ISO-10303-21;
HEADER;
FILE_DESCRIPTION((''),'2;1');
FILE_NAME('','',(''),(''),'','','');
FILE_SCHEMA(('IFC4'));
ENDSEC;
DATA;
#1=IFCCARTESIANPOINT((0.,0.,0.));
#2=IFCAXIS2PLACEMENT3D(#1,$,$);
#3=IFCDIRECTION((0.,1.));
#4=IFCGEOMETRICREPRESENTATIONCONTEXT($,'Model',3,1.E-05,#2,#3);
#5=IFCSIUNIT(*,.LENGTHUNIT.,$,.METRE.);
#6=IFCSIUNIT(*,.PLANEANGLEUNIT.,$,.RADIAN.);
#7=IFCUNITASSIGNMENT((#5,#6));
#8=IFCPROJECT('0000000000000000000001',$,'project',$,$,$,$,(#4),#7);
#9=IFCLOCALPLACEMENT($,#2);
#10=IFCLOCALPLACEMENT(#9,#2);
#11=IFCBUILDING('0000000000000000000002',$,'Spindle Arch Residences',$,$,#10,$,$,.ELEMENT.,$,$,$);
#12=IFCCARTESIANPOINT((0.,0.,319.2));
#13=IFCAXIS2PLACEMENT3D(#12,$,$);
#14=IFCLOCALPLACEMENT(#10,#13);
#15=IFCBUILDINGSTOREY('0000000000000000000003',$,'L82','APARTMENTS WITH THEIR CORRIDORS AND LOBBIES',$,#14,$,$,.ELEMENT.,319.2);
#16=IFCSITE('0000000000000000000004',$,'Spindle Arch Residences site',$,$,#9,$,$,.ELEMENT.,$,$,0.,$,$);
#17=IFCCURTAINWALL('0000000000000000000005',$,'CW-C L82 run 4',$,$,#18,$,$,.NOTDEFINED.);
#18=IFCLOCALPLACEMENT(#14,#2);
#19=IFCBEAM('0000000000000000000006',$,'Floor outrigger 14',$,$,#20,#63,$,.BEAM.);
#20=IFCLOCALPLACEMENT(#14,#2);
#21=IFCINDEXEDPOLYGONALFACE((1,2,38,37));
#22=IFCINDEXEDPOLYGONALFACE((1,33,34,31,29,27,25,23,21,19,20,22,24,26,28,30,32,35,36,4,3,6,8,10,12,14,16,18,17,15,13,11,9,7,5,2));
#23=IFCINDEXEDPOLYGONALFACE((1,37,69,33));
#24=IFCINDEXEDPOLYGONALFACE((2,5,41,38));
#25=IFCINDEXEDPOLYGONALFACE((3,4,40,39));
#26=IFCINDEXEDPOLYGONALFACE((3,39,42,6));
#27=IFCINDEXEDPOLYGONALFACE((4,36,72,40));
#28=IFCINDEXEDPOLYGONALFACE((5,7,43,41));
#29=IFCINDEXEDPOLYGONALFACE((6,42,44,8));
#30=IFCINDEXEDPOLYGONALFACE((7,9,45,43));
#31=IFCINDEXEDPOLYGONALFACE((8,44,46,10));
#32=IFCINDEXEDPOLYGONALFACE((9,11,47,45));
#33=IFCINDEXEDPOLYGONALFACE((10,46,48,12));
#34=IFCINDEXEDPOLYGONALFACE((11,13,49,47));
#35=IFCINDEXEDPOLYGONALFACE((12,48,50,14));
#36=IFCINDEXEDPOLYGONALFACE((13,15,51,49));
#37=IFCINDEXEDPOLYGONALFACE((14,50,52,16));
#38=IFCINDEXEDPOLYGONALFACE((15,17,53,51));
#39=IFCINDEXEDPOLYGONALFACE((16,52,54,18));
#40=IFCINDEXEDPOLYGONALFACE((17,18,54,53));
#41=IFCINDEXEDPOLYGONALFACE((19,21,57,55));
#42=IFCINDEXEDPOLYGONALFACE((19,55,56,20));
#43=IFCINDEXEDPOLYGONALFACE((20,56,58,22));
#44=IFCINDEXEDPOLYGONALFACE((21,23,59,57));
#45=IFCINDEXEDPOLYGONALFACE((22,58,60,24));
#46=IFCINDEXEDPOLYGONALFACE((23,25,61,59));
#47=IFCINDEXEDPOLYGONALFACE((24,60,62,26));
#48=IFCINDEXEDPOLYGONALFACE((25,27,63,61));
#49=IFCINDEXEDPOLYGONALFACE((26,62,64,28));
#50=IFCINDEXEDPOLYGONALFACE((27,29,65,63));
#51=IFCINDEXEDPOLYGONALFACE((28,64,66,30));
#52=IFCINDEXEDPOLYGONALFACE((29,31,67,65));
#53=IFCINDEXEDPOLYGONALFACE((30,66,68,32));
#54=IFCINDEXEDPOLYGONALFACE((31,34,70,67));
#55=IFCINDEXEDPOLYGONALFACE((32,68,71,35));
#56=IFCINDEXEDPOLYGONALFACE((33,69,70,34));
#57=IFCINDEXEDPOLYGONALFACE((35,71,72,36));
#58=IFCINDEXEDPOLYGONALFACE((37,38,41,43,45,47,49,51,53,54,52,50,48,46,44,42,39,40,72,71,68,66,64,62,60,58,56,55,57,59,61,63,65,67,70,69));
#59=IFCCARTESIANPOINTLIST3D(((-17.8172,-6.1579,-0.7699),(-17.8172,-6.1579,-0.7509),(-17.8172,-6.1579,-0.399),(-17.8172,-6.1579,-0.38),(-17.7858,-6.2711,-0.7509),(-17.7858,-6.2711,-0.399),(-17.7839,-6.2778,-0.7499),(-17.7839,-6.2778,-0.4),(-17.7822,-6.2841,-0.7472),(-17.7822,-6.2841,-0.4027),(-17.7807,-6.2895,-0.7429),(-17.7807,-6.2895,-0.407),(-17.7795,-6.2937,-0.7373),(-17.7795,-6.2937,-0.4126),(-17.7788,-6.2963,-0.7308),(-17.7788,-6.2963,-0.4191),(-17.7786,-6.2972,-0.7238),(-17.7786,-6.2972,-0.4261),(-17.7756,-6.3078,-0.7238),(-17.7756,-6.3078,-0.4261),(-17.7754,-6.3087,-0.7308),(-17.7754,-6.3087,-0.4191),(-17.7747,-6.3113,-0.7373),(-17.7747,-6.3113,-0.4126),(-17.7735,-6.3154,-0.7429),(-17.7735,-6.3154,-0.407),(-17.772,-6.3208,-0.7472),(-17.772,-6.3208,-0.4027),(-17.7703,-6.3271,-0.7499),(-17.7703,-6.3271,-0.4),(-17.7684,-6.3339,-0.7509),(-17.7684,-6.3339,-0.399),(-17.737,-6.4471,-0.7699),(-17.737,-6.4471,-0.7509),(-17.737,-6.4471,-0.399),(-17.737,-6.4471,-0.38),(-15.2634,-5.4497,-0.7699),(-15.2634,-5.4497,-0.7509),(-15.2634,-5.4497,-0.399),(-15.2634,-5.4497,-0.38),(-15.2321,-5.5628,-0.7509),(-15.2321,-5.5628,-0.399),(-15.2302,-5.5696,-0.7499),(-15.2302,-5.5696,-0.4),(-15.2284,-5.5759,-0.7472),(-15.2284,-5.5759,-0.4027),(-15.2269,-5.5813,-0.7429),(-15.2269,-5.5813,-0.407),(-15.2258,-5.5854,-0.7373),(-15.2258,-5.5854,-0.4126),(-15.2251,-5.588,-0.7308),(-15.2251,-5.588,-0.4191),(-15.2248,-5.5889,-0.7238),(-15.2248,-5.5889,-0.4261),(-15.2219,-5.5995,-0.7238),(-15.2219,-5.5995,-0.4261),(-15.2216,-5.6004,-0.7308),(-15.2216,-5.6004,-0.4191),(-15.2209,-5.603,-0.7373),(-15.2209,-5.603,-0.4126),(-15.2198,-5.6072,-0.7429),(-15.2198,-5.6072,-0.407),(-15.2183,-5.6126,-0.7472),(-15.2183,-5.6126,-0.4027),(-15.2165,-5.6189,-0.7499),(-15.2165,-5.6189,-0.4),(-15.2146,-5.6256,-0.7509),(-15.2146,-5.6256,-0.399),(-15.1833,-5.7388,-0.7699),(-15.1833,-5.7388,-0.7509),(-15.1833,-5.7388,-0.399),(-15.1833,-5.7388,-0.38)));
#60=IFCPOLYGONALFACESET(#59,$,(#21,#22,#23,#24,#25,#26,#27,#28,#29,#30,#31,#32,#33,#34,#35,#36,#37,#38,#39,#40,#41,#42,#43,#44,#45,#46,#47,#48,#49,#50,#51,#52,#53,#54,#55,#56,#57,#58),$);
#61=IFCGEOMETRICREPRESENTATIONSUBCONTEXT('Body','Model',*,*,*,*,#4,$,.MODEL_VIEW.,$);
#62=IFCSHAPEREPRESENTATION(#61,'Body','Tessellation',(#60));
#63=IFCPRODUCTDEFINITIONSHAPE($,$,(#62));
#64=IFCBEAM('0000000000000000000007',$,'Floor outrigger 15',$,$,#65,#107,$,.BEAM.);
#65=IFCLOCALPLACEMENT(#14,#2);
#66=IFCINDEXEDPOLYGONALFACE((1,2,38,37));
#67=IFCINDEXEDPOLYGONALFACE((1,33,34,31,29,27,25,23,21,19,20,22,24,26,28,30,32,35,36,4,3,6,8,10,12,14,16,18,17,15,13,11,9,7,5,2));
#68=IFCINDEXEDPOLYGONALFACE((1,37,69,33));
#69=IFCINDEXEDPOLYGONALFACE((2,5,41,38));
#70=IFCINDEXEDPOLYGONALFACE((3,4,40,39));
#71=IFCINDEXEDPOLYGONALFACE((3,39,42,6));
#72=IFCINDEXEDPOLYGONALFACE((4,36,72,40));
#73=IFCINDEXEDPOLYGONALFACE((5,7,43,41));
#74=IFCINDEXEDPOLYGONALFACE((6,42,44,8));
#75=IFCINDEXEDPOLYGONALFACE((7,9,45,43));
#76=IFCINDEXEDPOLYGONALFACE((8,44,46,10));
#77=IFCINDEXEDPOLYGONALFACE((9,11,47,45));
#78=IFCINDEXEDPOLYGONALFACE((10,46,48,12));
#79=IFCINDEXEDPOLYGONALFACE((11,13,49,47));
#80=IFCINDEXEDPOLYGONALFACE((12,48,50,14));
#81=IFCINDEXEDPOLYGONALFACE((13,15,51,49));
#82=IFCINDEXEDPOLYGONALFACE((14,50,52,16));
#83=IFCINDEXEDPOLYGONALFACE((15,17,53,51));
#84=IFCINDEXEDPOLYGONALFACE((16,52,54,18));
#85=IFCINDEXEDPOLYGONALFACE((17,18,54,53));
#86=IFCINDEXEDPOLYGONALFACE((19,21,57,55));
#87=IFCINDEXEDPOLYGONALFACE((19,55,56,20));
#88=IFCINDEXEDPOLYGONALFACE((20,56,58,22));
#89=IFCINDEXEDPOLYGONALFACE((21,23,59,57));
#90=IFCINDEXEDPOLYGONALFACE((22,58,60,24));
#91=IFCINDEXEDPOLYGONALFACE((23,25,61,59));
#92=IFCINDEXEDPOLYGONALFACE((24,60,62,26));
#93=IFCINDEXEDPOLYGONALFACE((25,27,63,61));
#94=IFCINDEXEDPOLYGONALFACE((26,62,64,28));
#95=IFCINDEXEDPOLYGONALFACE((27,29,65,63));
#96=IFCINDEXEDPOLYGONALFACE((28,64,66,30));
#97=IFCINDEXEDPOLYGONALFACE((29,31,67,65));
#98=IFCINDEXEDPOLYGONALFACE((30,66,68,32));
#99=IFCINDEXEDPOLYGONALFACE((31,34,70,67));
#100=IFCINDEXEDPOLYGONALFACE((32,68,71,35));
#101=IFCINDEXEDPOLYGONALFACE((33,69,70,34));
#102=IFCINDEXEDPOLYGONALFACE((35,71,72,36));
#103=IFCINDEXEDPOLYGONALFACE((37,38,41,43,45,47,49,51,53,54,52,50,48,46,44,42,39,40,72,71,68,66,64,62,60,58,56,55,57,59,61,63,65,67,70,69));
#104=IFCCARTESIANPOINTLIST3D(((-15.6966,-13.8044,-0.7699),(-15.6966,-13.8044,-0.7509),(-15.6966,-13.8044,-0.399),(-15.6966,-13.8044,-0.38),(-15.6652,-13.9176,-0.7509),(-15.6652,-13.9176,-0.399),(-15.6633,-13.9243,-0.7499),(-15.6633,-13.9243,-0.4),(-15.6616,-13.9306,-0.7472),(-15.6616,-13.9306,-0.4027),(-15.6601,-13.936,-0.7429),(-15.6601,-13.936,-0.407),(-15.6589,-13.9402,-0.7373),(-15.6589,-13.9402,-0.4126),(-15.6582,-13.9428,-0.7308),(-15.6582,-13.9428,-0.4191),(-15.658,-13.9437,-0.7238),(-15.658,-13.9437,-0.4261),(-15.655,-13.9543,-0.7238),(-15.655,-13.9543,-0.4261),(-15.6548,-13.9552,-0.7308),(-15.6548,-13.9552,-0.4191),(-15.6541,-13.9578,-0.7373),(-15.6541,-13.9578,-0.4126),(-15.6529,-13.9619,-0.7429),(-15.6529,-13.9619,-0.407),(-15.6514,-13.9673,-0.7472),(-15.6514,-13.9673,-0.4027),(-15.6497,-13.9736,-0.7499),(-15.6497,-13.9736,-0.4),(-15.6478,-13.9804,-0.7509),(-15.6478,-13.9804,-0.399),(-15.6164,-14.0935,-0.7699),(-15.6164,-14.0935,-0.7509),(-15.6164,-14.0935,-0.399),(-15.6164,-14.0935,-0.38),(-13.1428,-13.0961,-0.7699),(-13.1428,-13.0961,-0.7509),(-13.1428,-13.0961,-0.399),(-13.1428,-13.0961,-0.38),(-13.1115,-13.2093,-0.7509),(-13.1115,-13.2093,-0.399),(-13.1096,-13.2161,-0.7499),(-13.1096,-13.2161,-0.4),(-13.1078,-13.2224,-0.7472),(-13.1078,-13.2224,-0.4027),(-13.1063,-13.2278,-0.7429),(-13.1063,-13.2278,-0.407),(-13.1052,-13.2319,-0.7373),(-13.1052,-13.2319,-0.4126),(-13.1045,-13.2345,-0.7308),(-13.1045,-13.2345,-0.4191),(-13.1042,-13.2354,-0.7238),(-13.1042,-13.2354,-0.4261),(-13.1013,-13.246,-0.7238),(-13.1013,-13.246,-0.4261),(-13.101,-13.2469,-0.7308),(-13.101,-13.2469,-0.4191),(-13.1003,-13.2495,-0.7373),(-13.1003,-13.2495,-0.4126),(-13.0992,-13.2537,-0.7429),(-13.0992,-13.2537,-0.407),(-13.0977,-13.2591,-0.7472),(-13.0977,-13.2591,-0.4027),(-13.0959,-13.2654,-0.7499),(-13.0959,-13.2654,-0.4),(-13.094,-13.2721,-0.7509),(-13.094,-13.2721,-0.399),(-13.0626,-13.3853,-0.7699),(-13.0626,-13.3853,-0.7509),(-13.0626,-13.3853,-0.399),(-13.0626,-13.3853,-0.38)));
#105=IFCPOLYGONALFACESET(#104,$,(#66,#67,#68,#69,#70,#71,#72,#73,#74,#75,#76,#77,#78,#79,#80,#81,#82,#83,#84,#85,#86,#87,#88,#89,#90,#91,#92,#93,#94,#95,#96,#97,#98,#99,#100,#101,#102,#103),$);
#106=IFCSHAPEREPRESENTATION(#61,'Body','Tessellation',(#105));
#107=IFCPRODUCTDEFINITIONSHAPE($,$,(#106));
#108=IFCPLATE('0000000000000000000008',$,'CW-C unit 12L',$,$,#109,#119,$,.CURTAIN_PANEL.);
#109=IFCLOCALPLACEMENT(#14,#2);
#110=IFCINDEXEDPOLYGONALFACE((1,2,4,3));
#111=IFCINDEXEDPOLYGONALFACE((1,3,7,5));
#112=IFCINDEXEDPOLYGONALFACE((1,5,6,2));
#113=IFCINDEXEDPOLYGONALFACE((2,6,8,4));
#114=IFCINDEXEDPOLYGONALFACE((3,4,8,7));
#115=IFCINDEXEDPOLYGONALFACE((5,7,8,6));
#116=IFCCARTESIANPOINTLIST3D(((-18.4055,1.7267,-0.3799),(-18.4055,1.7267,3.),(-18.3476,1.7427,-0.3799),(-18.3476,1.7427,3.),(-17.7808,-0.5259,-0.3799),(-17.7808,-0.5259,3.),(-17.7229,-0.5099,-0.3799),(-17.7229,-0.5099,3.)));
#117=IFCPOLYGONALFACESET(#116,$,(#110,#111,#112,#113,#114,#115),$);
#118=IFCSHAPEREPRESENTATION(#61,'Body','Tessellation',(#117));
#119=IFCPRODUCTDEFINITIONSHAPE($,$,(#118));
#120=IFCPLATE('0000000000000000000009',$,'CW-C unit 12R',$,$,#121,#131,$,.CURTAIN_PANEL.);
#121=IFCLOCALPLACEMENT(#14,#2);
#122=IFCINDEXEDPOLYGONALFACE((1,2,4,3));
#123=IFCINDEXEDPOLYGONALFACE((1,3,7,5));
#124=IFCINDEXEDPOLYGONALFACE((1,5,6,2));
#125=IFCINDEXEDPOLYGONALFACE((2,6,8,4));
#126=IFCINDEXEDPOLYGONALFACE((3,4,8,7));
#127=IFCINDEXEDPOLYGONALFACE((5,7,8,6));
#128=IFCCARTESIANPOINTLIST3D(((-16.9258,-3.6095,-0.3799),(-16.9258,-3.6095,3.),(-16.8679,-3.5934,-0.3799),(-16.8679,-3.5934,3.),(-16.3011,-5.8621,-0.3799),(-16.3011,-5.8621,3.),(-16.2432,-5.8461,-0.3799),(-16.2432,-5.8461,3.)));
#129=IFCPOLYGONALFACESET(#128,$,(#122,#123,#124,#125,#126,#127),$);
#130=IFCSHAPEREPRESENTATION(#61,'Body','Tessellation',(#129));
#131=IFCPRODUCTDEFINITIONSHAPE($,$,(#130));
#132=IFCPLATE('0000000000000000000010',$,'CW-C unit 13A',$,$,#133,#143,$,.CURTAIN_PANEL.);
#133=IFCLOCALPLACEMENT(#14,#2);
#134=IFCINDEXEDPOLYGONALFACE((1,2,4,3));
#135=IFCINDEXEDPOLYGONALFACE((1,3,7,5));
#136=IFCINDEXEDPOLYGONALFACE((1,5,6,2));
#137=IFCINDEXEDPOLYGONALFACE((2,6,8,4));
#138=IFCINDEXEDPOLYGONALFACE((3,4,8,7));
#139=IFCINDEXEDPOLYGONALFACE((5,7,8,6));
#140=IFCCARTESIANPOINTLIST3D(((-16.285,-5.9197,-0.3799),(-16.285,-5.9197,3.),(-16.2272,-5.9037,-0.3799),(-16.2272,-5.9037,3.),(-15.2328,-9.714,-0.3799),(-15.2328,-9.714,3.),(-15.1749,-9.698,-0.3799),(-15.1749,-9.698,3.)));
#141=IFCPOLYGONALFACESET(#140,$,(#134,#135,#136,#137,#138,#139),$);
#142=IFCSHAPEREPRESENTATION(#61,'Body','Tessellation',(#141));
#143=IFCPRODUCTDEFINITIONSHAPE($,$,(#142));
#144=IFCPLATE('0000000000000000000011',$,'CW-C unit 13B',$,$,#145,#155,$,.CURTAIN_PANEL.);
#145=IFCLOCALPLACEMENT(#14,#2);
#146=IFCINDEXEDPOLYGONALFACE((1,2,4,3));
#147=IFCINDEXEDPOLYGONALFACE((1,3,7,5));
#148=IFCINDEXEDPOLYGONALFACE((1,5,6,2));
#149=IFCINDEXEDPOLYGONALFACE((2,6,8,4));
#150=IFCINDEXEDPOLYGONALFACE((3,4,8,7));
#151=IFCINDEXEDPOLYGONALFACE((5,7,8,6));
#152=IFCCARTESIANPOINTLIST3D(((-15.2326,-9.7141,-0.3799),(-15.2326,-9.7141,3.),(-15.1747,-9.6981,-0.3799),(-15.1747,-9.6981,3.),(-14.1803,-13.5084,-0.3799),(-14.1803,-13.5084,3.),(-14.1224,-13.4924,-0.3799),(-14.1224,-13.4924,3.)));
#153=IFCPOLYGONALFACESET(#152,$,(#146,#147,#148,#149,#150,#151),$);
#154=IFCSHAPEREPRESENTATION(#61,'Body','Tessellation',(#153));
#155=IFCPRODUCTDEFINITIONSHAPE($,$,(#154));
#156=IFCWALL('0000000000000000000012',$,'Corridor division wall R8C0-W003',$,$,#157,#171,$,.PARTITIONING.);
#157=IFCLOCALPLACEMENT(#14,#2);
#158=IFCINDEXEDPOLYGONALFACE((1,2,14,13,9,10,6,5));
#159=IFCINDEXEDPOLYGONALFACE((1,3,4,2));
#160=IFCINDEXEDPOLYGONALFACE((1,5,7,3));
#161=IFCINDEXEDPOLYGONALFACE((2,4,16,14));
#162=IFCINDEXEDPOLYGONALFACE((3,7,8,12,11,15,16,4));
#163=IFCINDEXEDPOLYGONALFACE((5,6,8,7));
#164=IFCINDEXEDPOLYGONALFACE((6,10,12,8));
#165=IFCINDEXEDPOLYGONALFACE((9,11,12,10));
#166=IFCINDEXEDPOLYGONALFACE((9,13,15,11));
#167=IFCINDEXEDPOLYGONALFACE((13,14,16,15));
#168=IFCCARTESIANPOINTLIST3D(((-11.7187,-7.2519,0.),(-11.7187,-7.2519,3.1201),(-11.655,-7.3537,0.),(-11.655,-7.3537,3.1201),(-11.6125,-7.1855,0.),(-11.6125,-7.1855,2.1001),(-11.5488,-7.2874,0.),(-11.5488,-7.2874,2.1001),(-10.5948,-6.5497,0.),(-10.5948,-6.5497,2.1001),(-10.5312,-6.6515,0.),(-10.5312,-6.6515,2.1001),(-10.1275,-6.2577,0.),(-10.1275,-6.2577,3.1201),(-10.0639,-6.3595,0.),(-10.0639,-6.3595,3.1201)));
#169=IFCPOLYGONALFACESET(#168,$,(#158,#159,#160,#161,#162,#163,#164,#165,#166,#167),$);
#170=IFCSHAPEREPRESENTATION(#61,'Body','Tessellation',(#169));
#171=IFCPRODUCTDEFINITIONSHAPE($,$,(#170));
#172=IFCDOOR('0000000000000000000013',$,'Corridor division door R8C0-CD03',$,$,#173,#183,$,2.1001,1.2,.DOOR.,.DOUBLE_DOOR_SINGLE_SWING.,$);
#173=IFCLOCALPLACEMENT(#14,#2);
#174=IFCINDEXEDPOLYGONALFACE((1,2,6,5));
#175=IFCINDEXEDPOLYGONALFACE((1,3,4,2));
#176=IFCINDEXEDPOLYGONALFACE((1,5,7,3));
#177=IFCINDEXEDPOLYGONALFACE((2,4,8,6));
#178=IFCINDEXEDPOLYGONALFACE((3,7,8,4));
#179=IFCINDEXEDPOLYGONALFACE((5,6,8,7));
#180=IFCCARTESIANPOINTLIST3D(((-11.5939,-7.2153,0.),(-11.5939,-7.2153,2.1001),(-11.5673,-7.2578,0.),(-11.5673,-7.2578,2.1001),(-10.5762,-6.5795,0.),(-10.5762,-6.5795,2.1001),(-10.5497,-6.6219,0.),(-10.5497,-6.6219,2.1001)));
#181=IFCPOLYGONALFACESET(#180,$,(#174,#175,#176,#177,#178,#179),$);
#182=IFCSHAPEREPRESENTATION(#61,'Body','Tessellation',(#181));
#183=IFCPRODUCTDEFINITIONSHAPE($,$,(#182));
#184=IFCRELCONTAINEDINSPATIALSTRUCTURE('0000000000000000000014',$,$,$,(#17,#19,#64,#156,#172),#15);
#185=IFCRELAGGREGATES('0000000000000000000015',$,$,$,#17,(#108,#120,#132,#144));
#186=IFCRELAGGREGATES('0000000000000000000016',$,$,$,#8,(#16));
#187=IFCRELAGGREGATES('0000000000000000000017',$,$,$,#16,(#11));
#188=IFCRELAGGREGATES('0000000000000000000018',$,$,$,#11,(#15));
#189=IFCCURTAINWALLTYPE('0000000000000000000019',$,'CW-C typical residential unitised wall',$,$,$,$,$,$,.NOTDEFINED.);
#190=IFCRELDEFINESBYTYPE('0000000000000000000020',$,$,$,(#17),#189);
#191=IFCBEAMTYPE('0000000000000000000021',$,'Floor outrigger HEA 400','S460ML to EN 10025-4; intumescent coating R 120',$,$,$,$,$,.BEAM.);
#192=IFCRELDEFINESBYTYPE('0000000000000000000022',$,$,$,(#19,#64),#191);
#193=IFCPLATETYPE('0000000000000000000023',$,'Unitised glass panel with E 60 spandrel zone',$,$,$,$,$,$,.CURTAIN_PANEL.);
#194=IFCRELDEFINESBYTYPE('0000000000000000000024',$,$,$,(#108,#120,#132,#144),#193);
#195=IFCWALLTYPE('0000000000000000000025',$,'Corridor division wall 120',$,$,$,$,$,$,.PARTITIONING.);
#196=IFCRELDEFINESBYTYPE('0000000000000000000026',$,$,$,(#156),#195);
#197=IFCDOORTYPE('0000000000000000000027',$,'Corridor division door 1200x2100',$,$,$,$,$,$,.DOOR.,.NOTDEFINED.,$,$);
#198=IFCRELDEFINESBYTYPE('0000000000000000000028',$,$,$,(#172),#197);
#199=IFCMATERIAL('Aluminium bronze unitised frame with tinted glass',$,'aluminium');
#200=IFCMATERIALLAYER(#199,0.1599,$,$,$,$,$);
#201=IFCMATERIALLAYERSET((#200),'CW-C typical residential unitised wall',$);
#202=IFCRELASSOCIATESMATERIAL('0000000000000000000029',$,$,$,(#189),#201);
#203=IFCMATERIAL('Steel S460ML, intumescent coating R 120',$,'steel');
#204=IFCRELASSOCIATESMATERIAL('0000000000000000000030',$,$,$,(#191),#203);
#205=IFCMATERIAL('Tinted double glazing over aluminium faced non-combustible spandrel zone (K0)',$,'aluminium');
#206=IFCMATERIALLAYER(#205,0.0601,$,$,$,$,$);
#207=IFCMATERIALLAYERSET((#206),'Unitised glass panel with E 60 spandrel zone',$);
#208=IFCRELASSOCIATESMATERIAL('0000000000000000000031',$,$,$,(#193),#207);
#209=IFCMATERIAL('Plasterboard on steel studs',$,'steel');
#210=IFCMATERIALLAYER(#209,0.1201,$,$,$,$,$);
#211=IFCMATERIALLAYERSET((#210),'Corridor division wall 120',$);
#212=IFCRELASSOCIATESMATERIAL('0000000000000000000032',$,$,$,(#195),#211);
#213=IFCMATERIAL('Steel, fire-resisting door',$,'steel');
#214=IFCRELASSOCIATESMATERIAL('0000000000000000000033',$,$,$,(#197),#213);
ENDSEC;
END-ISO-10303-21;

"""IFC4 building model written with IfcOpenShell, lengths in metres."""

from ifc_helpers import new_model, si_unit, direction, frame, frame_2d, origin, origin_2d, place, context, subcontext, project, spatial, rectangle, i_section, extrude, material, layer, layer_set, material_profile, profile_set, type_object, element, fill, aggregate, save


model = new_model("IFC4")

# Units and contexts
model_context = context("Model", 3, precision=1e-05, world=origin(), true_north=direction((0.0, 1.0)))
body_context = subcontext(model_context, "Body", "Model", "MODEL_VIEW")
ifc_project = project(units=[si_unit("LENGTHUNIT", "METRE"), si_unit("PLANEANGLEUNIT", "RADIAN")], contexts=[model_context])

# Site, building, storey
site_placement = place(None, origin())
site = spatial("IfcSite", under=ifc_project, at=site_placement, Name="Spindle Arch Residences site", CompositionType="ELEMENT", RefElevation=0.0)
building_placement = place(site_placement, origin())
building = spatial("IfcBuilding", under=site, at=building_placement, Name="Spindle Arch Residences", CompositionType="ELEMENT")
storey_placement = place(building_placement, frame((0.0, 0.0, 319.2)))
storey = spatial("IfcBuildingStorey", under=building, at=storey_placement, Name="L82", Description="APARTMENTS WITH THEIR CORRIDORS AND LOBBIES", CompositionType="ELEMENT", Elevation=319.2)

# Curtain wall
ifc_material_1 = material(Name="Aluminium bronze unitised frame with tinted glass", Category="aluminium")
ifc_layer_1 = layer(ifc_material_1, 0.1599)
ifc_layer_set_1 = layer_set([ifc_layer_1], Name="CW-C typical residential unitised wall")
curtain_wall_type_1 = type_object("IfcCurtainWallType", Name="CW-C typical residential unitised wall", PredefinedType="NOTDEFINED", material=ifc_layer_set_1)
curtain_wall_1_placement = place(storey_placement, origin())
curtain_wall_1 = element("IfcCurtainWall", 1, at=curtain_wall_1_placement, inside=storey, type_object=curtain_wall_type_1, Name="CW-C L82 run 4", PredefinedType="NOTDEFINED")

# Beams
ifc_material_2 = material(Name="Steel S460ML, intumescent coating R 120", Category="steel")
ifc_material_profile_1 = material_profile(ifc_material_2, i_section(OverallWidth=0.3, OverallDepth=0.3899, WebThickness=0.011, FlangeThickness=0.019, FilletRadius=0.0271, at=origin_2d()), Name="HEA 400")
ifc_profile_set_1 = profile_set([ifc_material_profile_1], Name="Steel S460ML, intumescent coating R 120")
beam_type_1 = type_object("IfcBeamType", Name="Floor outrigger HEA 400", Description="S460ML to EN 10025-4; intumescent coating R 120", PredefinedType="BEAM", material=ifc_profile_set_1)
for number, where, z_axis, x_axis, name in (
    (2, (-17.7771, -6.3025, -0.575), (0.963626, 0.267254, 0.0), (-0.267254, 0.963626, 0.0), "Floor outrigger 14"),
    (3, (-15.6565, -13.949, -0.575), (0.963626, 0.267254, 0.0), (-0.267254, 0.963626, 0.0), "Floor outrigger 15"),
):
    element("IfcBeam", number, at=place(storey_placement, frame(where, z_axis=z_axis, x_axis=x_axis)), inside=storey, type_object=beam_type_1, Name=name, PredefinedType="BEAM", context=body_context, shape_type="SweptSolid", body=[
        extrude(i_section(OverallWidth=0.3, OverallDepth=0.3899, WebThickness=0.011, FlangeThickness=0.019, FilletRadius=0.0271, at=origin_2d()), origin(), (0.0, 0.0, 1.0), 2.6501),
    ])

# Plates
ifc_material_3 = material(Name="Tinted double glazing over aluminium faced non-combustible spandrel zone (K0)", Category="aluminium")
ifc_layer_2 = layer(ifc_material_3, 0.0601)
ifc_layer_set_2 = layer_set([ifc_layer_2], Name="Unitised glass panel with E 60 spandrel zone")
plate_type = type_object("IfcPlateType", Name="Unitised glass panel with E 60 spandrel zone", PredefinedType="CURTAIN_PANEL", material=ifc_layer_set_2)
plate_1_placement = place(storey_placement, frame((-18.0642, 0.6084, -0.3799), z_axis=(0.0, 0.0, 1.0), x_axis=(0.267238, -0.96363, 0.0)))
plate_1 = element("IfcPlate", 4, at=plate_1_placement, type_object=plate_type, Name="CW-C unit 12L", PredefinedType="CURTAIN_PANEL", context=body_context, shape_type="SweptSolid", body=[
    extrude(rectangle(XDim=2.3376, YDim=0.0601, at=origin_2d()), origin(), (0.0, 0.0, 1.0), 3.3799),
])
plate_2_placement = place(storey_placement, frame((-16.5845, -4.7278, -0.3799), z_axis=(0.0, 0.0, 1.0), x_axis=(0.267238, -0.96363, 0.0)))
plate_2 = element("IfcPlate", 5, at=plate_2_placement, type_object=plate_type, Name="CW-C unit 12R", PredefinedType="CURTAIN_PANEL", context=body_context, shape_type="SweptSolid", body=[
    extrude(rectangle(XDim=2.3376, YDim=0.0601, at=origin_2d()), origin(), (0.0, 0.0, 1.0), 3.3799),
])
plate_3_placement = place(storey_placement, frame((-15.73, -7.8088, -0.3799), z_axis=(0.0, 0.0, 1.0), x_axis=(0.267238, -0.96363, 0.0)))
plate_3 = element("IfcPlate", 6, at=plate_3_placement, type_object=plate_type, Name="CW-C unit 13A", PredefinedType="CURTAIN_PANEL", context=body_context, shape_type="SweptSolid", body=[
    extrude(rectangle(XDim=3.9375, YDim=0.0601, at=origin_2d()), origin(), (0.0, 0.0, 1.0), 3.3799),
])
plate_4_placement = place(storey_placement, frame((-14.6775, -11.6033, -0.3799), z_axis=(0.0, 0.0, 1.0), x_axis=(0.267238, -0.96363, 0.0)))
plate_4 = element("IfcPlate", 7, at=plate_4_placement, type_object=plate_type, Name="CW-C unit 13B", PredefinedType="CURTAIN_PANEL", context=body_context, shape_type="SweptSolid", body=[
    extrude(rectangle(XDim=3.9375, YDim=0.0601, at=origin_2d()), origin(), (0.0, 0.0, 1.0), 3.3799),
])
aggregate(curtain_wall_1, [plate_1, plate_2, plate_3, plate_4])

# Wall, opening, door
ifc_material_4 = material(Name="Plasterboard on steel studs", Category="steel")
ifc_layer_3 = layer(ifc_material_4, 0.1201)
ifc_layer_set_3 = layer_set([ifc_layer_3], Name="Corridor division wall 120")
wall_type_1 = type_object("IfcWallType", Name="Corridor division wall 120", PredefinedType="PARTITIONING", material=ifc_layer_set_3)
wall_1_placement = place(storey_placement, frame((-11.6868, -7.3027, 0.0), z_axis=(0.0, 0.0, 1.0), x_axis=(0.848064, 0.529894, 0.0)))
wall_1 = element("IfcWall", 8, at=wall_1_placement, inside=storey, type_object=wall_type_1, Name="Corridor division wall R8C0-W003", PredefinedType="PARTITIONING", context=body_context, shape_type="SweptSolid", body=[
    extrude(rectangle(XDim=1.8762, YDim=0.1201, at=frame_2d((0.938, 0.0))), origin(), (0.0, 0.0, 1.0), 3.1201),
])
opening_1_placement = place(wall_1_placement, frame((0.125, 0.0, 0.0)))
opening_1 = element("IfcOpeningElement", 9, at=opening_1_placement, cuts=wall_1, PredefinedType="OPENING", context=body_context, shape_type="SweptSolid", body=[
    extrude(rectangle(XDim=1.2, YDim=2.1001, at=frame_2d((0.6001, 1.05))), frame((0.0, 0.0701, 0.0), z_axis=(0.0, -1.0, 0.0), x_axis=(1.0, 0.0, 0.0)), (0.0, 0.0, 1.0), 0.1401),
])
ifc_material_5 = material(Name="Steel, fire-resisting door", Category="steel")
door_type_1 = type_object("IfcDoorType", Name="Corridor division door 1200x2100", OperationType="NOTDEFINED", PredefinedType="DOOR", material=ifc_material_5)
door_1_placement = place(opening_1_placement, origin())
door_1 = element("IfcDoor", 10, at=door_1_placement, inside=storey, type_object=door_type_1, Name="Corridor division door R8C0-CD03", OperationType="DOUBLE_DOOR_SINGLE_SWING", OverallHeight=2.1001, OverallWidth=1.2, PredefinedType="DOOR", context=body_context, shape_type="SweptSolid", body=[
    extrude(rectangle(XDim=1.2, YDim=2.1001, at=frame_2d((0.6001, 1.05))), frame((0.0, 0.0249, 0.0), z_axis=(0.0, -1.0, 0.0), x_axis=(1.0, 0.0, 0.0)), (0.0, 0.0, 1.0), 0.05),
])
fill(opening_1, door_1)

save(model, "model.ifc")
